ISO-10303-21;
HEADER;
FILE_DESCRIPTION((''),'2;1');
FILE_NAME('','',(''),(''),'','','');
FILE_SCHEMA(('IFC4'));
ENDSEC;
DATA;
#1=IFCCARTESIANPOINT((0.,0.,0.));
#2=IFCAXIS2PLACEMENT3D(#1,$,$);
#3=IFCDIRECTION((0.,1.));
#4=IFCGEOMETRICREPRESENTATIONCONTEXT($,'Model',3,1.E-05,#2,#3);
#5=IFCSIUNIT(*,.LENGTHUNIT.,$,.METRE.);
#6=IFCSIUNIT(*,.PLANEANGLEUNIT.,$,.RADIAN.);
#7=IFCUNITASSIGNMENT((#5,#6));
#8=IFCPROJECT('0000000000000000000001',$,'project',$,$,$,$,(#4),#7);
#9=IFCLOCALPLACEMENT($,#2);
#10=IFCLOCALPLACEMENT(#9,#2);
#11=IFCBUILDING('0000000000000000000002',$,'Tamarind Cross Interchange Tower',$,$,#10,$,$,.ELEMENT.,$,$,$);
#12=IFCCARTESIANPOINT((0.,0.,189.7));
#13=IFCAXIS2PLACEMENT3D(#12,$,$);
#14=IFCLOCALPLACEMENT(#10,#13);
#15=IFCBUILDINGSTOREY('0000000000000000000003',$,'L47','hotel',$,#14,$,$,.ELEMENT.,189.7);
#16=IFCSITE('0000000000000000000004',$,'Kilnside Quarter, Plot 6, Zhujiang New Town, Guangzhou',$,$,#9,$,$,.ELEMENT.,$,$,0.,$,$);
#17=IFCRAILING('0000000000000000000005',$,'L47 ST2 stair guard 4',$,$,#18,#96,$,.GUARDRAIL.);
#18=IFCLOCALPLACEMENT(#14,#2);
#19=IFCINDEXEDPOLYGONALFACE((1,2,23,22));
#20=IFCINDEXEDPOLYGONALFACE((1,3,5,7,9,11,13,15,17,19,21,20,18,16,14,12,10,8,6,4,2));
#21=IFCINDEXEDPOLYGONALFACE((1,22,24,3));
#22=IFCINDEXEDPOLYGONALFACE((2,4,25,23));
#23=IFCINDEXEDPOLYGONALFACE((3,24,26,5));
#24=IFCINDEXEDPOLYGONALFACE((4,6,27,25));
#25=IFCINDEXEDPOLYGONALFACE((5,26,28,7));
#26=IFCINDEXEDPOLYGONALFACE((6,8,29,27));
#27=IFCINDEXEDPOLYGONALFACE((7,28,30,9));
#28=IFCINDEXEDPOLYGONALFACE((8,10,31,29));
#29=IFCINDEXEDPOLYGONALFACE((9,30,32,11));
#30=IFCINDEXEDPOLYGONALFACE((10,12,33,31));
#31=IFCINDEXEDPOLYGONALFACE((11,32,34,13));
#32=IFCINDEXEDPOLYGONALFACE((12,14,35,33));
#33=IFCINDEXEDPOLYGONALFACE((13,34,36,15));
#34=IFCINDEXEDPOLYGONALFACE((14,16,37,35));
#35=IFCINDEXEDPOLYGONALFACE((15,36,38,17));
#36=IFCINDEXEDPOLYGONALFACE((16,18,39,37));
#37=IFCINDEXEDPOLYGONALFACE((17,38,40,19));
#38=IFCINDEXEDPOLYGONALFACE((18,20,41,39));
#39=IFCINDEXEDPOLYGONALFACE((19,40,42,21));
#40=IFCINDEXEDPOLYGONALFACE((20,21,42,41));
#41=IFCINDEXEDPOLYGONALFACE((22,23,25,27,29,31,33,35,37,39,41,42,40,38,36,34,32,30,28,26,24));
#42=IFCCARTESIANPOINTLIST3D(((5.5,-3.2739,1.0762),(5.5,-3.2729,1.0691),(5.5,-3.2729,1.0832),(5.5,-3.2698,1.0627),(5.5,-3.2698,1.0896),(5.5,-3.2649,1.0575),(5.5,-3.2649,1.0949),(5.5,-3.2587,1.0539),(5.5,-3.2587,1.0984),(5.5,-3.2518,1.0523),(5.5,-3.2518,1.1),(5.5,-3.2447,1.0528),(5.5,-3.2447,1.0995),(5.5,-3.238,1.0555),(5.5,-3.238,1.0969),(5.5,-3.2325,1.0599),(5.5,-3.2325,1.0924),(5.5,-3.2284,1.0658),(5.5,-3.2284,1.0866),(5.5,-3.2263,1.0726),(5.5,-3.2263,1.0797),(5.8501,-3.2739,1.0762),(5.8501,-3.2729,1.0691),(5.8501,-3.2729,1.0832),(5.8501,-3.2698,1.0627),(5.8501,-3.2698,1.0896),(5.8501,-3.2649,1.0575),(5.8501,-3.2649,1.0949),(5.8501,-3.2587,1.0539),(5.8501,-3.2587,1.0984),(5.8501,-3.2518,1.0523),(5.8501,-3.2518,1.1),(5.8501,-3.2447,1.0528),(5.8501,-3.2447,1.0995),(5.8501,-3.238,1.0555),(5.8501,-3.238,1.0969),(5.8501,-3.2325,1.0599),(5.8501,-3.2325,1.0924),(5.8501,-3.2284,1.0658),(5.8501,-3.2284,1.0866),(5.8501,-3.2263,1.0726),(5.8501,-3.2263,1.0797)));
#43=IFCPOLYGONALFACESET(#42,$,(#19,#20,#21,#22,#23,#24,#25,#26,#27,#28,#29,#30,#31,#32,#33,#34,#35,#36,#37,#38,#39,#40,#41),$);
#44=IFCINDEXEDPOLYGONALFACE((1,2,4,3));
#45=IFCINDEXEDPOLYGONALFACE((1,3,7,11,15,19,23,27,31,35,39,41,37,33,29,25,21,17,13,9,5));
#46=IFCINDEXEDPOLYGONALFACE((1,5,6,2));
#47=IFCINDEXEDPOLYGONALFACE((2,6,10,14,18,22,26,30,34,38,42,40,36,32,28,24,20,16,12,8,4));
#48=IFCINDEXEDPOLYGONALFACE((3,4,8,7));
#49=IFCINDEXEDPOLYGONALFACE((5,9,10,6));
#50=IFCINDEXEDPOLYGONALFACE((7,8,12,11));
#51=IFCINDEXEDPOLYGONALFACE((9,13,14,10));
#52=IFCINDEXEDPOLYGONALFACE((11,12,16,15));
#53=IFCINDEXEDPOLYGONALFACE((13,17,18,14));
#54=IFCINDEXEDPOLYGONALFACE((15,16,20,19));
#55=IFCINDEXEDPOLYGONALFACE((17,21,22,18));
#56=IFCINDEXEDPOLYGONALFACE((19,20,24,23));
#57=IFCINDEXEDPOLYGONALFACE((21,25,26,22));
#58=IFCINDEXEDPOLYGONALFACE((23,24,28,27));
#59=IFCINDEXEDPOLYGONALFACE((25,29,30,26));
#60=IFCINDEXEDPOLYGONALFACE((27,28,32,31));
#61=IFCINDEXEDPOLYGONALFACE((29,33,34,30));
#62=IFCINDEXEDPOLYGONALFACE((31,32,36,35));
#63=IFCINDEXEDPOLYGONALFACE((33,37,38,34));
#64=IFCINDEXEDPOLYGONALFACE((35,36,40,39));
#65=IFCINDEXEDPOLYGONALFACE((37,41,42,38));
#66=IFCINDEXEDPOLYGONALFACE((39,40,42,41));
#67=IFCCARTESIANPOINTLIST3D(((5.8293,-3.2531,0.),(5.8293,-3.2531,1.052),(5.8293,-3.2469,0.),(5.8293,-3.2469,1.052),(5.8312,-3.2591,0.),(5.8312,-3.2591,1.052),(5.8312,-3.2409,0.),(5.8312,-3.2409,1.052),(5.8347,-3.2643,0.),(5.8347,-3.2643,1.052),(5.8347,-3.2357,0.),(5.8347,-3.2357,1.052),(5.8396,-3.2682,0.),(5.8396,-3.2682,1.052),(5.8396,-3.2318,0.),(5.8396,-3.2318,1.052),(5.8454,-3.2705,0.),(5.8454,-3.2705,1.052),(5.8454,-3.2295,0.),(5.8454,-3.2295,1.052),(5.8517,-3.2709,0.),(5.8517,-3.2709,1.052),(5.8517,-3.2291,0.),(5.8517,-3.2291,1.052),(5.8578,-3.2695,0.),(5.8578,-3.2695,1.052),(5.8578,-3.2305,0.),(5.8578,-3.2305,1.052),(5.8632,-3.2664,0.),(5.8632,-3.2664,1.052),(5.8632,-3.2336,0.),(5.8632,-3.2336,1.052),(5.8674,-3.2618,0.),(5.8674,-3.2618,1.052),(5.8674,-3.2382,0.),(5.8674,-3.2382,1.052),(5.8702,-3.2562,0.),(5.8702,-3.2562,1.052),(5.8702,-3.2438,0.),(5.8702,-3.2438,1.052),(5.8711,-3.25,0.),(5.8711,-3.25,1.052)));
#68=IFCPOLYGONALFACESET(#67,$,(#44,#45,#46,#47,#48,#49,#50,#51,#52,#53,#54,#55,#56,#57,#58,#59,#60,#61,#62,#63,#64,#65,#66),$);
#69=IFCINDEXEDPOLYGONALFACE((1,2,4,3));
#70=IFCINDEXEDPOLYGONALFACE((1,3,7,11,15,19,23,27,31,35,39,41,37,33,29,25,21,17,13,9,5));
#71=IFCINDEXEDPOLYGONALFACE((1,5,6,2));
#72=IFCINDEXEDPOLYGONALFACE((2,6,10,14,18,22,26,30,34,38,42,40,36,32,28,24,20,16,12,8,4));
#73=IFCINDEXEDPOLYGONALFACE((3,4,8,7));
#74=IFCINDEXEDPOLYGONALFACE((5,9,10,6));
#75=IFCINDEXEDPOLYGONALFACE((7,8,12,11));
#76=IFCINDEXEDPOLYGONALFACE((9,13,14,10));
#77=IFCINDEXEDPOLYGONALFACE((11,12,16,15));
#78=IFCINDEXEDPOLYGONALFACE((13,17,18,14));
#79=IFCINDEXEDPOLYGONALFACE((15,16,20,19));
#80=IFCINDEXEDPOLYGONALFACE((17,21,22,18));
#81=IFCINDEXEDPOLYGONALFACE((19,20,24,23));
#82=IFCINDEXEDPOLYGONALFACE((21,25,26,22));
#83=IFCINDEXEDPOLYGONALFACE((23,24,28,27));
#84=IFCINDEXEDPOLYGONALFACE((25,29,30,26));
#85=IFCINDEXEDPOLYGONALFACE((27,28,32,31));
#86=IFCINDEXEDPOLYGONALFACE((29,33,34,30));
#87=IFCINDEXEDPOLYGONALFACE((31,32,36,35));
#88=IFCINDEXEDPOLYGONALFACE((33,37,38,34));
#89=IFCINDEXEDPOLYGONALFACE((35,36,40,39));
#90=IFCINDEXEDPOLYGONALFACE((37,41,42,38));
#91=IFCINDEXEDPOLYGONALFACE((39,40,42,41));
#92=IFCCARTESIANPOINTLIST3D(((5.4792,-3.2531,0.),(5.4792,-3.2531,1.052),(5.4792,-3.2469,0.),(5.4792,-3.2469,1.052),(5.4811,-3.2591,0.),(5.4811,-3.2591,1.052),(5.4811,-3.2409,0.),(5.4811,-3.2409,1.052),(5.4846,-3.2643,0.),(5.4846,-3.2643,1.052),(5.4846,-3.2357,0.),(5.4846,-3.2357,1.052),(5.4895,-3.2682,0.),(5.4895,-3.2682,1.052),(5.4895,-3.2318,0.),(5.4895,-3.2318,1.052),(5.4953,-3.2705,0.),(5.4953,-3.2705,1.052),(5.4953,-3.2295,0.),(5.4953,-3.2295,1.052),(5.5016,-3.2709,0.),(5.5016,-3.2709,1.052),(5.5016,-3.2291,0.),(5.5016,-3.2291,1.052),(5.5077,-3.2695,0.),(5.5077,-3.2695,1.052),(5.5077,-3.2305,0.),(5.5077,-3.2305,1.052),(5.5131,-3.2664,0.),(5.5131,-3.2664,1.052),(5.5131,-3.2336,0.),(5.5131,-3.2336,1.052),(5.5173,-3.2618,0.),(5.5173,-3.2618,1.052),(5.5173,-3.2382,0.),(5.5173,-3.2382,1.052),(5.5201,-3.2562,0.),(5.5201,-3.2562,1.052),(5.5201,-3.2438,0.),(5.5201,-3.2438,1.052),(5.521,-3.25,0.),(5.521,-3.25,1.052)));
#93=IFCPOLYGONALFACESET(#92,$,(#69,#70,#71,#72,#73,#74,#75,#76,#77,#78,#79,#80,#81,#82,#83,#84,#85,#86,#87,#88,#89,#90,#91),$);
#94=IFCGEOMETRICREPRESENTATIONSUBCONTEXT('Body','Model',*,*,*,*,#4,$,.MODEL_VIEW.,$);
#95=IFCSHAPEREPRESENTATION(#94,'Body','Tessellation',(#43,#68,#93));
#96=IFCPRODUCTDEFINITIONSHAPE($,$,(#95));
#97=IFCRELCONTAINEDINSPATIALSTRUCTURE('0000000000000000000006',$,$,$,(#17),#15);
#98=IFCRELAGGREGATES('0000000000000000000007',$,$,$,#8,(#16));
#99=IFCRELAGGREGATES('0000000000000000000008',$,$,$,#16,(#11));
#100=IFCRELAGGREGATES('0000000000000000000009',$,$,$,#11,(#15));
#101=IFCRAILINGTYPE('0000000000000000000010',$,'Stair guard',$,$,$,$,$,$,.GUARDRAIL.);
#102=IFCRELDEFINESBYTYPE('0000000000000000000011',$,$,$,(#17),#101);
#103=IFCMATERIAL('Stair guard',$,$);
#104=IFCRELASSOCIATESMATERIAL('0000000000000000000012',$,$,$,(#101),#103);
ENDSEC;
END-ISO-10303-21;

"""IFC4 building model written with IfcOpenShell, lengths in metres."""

from ifc_helpers import new_model, si_unit, direction, frame, origin, origin_2d, place, context, subcontext, project, spatial, circle, extrude, material, type_object, element, save


model = new_model("IFC4")

# Units and contexts
model_context = context("Model", 3, precision=1e-05, world=origin(), true_north=direction((0.0, 1.0)))
body_context = subcontext(model_context, "Body", "Model", "MODEL_VIEW")
ifc_project = project(units=[si_unit("LENGTHUNIT", "METRE"), si_unit("PLANEANGLEUNIT", "RADIAN")], contexts=[model_context])

# Site, building, storey
site_placement = place(None, origin())
site = spatial("IfcSite", under=ifc_project, at=site_placement, Name="Kilnside Quarter, Plot 6, Zhujiang New Town, Guangzhou", CompositionType="ELEMENT", RefElevation=0.0)
building_placement = place(site_placement, origin())
building = spatial("IfcBuilding", under=site, at=building_placement, Name="Tamarind Cross Interchange Tower", CompositionType="ELEMENT")
storey_placement = place(building_placement, frame((0.0, 0.0, 189.7)))
storey = spatial("IfcBuildingStorey", under=building, at=storey_placement, Name="L47", Description="hotel", CompositionType="ELEMENT", Elevation=189.7)

# Railing
ifc_material_1 = material(Name="Stair guard")
railing_type_1 = type_object("IfcRailingType", Name="Stair guard", PredefinedType="GUARDRAIL", material=ifc_material_1)
railing_1_placement = place(storey_placement, frame((5.8501, -3.25, 0.0)))
element("IfcRailing", 1, at=railing_1_placement, inside=storey, type_object=railing_type_1, Name="L47 ST2 stair guard 4", PredefinedType="GUARDRAIL", context=body_context, shape_type="SweptSolid", body=[
    extrude(circle(Radius=0.0239, at=origin_2d()), frame((0.0, 0.0, 1.0762), z_axis=(-1.0, 0.0, 0.0), x_axis=(0.0, -1.0, 0.0)), (0.0, 0.0, 1.0), 0.3501),
    extrude(circle(Radius=0.021, at=origin_2d()), origin(), (0.0, 0.0, 1.0), 1.052),
    extrude(circle(Radius=0.021, at=origin_2d()), frame((-0.3501, 0.0, 0.0)), (0.0, 0.0, 1.0), 1.052),
])

save(model, "model.ifc")
